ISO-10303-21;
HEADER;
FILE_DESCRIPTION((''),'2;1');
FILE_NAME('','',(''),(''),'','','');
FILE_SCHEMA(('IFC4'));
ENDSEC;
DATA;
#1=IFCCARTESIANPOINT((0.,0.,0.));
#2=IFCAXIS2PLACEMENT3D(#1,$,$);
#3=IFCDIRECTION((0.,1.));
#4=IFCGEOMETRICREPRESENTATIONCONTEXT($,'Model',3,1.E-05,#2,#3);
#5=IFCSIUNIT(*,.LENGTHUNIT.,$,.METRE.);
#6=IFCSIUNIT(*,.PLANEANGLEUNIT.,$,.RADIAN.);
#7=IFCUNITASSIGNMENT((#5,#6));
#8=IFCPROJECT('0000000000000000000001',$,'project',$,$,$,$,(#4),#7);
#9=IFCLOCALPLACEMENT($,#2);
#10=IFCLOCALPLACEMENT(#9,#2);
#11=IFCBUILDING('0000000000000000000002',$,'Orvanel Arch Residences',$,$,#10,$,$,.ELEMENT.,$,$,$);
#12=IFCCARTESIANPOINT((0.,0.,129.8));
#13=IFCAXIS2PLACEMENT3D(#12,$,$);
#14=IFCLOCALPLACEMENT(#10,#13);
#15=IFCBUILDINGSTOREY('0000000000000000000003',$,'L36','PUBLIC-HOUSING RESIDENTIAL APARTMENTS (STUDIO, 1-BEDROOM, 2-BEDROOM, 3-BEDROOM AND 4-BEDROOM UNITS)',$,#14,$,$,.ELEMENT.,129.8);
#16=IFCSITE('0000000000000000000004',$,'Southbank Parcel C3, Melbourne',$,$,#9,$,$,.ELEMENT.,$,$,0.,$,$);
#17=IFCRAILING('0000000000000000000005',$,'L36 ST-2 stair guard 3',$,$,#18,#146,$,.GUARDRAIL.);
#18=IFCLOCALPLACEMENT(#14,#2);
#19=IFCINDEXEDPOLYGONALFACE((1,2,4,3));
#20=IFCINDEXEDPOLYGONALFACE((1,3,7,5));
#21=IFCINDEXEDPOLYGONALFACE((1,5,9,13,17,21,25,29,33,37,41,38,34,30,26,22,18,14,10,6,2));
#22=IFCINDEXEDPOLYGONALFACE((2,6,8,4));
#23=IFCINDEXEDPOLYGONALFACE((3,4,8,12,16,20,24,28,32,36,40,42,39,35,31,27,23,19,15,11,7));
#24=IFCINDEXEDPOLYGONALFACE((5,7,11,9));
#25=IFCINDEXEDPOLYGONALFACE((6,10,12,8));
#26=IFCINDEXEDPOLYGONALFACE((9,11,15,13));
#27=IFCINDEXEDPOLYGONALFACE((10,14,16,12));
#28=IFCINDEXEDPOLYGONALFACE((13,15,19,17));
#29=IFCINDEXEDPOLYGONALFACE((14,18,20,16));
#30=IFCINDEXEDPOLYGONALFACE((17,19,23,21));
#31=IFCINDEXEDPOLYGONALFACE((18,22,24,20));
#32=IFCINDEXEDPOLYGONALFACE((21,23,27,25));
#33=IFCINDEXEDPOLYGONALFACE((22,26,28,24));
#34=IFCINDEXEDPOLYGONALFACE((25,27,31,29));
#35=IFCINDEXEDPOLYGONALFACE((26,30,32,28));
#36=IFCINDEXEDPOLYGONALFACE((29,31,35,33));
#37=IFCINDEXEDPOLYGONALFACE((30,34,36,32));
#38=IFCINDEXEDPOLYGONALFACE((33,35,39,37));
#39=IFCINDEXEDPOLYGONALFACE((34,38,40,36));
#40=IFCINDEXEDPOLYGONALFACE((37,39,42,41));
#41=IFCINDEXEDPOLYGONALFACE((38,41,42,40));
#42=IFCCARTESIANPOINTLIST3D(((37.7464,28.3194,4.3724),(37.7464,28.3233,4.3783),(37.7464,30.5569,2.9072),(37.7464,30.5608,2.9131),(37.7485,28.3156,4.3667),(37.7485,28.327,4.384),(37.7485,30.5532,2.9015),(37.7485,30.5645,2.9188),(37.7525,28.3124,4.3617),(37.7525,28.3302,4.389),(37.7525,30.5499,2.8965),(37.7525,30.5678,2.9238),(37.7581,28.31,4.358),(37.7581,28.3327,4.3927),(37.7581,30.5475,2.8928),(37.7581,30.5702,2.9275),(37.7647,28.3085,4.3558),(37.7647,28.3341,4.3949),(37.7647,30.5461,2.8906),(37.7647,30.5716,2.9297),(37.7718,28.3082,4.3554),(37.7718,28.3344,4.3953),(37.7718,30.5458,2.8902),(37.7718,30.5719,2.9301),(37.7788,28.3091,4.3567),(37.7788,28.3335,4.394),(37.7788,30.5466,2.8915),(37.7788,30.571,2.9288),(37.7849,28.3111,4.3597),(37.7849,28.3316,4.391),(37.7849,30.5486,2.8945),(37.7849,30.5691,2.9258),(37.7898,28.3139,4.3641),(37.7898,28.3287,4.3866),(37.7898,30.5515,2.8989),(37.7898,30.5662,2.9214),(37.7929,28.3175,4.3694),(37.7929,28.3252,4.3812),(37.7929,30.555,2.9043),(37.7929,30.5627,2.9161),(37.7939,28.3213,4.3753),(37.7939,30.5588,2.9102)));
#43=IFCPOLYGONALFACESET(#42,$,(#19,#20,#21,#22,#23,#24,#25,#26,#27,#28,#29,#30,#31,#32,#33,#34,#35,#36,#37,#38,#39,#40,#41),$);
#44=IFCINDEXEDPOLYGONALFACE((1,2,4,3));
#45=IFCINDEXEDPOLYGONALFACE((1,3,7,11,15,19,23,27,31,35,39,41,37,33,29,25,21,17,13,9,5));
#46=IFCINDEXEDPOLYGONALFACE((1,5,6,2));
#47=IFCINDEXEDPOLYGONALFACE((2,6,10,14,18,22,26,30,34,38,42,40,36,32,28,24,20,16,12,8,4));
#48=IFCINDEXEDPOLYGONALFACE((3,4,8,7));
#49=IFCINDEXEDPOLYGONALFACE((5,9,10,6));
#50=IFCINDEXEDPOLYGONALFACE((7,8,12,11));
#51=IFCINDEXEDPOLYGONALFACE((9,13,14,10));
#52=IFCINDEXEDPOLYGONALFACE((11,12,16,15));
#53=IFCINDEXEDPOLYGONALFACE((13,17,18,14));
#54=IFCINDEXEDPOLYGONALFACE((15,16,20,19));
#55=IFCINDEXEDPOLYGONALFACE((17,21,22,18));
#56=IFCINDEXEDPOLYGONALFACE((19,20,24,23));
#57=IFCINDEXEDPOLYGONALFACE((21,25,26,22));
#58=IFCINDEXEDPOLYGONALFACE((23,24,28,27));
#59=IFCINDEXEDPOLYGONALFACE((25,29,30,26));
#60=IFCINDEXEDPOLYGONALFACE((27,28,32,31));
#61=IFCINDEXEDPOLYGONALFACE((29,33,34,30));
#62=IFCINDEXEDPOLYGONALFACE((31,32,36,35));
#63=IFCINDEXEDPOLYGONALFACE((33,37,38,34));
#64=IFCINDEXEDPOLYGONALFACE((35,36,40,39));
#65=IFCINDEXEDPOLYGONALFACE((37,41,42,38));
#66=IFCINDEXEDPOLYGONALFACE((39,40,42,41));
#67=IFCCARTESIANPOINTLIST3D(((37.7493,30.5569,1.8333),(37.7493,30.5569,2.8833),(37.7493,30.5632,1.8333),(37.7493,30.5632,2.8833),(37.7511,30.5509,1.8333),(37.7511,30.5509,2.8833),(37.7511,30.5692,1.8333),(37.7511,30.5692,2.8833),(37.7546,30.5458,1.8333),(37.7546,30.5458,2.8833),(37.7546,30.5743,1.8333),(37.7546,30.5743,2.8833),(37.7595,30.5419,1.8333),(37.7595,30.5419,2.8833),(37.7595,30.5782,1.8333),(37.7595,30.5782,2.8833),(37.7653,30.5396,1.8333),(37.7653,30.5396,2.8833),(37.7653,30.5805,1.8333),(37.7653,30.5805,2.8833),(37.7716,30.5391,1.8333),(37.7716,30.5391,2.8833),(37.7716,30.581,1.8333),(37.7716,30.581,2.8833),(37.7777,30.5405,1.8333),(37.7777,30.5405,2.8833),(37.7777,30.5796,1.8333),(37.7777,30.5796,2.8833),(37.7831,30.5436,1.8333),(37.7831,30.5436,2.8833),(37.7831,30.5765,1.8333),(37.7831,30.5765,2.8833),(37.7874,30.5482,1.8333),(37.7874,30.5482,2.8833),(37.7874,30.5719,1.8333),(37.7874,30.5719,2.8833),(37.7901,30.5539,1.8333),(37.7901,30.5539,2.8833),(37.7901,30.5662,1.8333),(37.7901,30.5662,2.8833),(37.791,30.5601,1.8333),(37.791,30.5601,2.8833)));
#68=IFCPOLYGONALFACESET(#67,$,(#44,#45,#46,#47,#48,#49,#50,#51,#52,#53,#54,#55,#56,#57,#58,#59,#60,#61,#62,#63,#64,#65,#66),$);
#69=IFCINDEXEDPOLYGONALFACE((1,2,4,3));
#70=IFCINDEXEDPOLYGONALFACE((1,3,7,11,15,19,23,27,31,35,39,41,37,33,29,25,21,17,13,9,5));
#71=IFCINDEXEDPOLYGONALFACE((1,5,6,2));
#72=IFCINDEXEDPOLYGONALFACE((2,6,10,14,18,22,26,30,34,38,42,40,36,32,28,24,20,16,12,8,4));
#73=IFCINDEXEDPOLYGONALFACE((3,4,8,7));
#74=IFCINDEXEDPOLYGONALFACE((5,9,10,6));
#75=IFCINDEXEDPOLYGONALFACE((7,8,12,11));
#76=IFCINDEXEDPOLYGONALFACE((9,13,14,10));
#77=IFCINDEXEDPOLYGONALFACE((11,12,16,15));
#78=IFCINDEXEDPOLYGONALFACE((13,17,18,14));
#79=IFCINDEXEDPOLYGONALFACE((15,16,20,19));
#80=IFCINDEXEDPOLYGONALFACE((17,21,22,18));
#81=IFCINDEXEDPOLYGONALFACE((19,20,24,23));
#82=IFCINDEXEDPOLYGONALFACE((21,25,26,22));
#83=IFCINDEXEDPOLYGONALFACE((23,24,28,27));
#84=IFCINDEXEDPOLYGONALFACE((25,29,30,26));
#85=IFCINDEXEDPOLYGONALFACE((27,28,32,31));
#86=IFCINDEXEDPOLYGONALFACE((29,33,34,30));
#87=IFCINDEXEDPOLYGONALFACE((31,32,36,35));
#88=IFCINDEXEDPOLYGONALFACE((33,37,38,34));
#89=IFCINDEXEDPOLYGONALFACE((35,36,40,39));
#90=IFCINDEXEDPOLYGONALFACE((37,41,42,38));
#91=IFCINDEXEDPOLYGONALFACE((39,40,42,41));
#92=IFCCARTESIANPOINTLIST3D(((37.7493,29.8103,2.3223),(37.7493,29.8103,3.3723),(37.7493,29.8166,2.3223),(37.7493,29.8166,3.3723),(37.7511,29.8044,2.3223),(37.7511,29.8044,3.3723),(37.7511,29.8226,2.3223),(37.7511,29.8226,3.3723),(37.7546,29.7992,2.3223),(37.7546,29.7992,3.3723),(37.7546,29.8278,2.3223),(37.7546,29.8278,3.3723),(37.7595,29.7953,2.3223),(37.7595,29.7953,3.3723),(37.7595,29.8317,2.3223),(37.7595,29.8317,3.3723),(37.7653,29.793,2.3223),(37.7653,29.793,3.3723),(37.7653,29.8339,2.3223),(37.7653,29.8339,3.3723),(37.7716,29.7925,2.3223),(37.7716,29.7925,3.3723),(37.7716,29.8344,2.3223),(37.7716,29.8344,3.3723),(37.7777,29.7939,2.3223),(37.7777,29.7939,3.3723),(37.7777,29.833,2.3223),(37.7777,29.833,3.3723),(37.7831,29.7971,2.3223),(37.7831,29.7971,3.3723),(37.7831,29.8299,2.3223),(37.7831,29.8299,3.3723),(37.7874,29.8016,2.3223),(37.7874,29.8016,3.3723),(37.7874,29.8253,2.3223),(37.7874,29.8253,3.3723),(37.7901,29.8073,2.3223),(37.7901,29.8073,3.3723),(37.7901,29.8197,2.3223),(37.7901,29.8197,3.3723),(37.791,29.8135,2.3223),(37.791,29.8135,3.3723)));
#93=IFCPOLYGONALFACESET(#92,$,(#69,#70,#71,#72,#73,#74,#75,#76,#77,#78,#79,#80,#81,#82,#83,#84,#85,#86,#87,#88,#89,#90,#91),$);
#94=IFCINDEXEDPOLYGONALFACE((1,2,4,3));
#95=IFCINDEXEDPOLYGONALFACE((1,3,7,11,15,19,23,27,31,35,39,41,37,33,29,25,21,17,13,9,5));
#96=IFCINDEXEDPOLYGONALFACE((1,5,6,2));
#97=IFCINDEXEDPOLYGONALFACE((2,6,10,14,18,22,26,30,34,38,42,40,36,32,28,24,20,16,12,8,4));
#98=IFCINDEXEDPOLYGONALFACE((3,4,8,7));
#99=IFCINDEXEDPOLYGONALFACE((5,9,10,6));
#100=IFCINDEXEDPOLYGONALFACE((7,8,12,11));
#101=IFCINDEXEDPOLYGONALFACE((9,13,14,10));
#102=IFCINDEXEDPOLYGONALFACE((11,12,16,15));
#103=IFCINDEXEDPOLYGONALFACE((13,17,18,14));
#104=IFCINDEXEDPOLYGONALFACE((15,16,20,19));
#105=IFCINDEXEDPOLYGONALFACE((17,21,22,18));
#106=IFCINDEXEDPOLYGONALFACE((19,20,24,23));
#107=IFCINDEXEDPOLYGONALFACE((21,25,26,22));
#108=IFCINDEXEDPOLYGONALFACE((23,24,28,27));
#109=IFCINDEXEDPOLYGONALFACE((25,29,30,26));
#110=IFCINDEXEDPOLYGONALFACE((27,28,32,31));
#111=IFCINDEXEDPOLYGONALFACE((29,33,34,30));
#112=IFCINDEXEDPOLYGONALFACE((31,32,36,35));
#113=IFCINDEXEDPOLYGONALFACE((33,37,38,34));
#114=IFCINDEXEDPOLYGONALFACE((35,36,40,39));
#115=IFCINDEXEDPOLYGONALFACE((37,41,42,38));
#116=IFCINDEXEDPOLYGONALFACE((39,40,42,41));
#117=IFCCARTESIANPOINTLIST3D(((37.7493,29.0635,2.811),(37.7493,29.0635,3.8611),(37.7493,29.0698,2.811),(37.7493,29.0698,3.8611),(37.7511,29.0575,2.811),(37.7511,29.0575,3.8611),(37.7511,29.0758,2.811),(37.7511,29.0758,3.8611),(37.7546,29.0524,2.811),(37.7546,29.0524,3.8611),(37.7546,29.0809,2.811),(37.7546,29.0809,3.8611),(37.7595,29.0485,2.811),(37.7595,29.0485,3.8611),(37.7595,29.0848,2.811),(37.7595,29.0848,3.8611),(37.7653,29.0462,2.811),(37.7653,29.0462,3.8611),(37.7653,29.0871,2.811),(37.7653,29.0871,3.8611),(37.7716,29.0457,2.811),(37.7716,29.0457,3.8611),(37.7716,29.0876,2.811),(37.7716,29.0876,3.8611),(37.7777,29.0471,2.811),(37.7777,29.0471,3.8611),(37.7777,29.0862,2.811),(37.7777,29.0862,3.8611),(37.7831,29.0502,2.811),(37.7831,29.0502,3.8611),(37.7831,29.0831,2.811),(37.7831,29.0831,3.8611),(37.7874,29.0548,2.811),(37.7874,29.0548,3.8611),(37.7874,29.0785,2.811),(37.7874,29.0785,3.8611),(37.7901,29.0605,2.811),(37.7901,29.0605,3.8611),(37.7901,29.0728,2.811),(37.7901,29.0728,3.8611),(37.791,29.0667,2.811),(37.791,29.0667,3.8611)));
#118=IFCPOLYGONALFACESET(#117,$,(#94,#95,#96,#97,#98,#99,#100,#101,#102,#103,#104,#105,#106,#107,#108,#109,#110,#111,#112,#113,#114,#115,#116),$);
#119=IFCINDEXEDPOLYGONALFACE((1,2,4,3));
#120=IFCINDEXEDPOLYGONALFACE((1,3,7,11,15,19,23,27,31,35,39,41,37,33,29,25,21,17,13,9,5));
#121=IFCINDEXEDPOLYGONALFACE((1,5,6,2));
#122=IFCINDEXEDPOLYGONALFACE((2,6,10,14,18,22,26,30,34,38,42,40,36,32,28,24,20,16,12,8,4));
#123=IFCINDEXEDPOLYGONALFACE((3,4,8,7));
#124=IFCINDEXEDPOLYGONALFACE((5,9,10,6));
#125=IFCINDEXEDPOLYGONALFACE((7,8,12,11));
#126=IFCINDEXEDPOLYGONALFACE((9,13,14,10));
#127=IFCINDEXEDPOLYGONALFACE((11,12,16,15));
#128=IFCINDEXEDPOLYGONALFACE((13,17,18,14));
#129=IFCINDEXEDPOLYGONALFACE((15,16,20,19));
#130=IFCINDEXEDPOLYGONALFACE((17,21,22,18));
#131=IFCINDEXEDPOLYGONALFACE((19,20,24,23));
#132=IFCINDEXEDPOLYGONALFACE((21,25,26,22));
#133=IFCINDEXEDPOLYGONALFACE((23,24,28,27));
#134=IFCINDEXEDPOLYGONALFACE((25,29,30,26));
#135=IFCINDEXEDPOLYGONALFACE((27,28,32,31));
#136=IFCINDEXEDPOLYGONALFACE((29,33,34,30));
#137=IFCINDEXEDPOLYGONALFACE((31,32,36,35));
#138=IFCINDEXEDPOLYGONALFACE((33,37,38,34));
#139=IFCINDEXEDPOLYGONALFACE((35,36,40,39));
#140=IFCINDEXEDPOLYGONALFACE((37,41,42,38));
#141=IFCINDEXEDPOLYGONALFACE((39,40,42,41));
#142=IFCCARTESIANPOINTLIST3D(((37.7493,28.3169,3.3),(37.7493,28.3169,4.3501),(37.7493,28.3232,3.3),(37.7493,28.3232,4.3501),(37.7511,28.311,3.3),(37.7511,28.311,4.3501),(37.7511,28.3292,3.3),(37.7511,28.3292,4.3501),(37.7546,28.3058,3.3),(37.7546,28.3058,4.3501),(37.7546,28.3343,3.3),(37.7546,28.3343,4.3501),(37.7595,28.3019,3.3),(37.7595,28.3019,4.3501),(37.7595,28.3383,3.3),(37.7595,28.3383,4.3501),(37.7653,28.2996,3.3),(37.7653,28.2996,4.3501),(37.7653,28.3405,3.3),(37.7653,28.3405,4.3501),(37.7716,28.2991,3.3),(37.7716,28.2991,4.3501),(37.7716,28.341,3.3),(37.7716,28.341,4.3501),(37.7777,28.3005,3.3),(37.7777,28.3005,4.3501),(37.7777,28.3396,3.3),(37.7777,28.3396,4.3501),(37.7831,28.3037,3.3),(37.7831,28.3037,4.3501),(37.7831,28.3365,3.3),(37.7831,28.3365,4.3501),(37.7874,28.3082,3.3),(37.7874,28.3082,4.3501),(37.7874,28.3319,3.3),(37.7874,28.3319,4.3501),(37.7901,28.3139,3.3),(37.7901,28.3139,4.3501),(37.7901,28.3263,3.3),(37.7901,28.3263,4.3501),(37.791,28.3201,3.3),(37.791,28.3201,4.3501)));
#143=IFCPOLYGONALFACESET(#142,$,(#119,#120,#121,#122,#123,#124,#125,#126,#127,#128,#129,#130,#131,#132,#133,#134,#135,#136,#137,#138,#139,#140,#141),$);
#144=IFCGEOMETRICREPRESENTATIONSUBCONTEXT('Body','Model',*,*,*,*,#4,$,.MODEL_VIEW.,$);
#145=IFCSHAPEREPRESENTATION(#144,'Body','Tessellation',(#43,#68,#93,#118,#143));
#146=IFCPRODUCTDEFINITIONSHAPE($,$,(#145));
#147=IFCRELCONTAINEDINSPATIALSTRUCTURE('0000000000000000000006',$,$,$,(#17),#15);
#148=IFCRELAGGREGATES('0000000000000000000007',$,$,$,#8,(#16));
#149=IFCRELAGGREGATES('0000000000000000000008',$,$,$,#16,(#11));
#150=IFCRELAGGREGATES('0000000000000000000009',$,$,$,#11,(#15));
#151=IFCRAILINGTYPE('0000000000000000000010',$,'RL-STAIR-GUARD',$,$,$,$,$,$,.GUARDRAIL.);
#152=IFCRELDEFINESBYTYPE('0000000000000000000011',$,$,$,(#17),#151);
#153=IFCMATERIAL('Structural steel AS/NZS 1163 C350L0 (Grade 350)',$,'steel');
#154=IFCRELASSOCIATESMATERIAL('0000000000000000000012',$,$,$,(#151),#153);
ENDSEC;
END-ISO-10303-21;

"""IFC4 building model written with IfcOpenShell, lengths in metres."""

from ifc_helpers import new_model, si_unit, direction, frame, origin, origin_2d, place, context, subcontext, project, spatial, circle, extrude, material, type_object, element, save


model = new_model("IFC4")

# Units and contexts
model_context = context("Model", 3, precision=1e-05, world=origin(), true_north=direction((0.0, 1.0)))
body_context = subcontext(model_context, "Body", "Model", "MODEL_VIEW")
ifc_project = project(units=[si_unit("LENGTHUNIT", "METRE"), si_unit("PLANEANGLEUNIT", "RADIAN")], contexts=[model_context])

# Site, building, storey
site_placement = place(None, origin())
site = spatial("IfcSite", under=ifc_project, at=site_placement, Name="Southbank Parcel C3, Melbourne", CompositionType="ELEMENT", RefElevation=0.0)
building_placement = place(site_placement, origin())
building = spatial("IfcBuilding", under=site, at=building_placement, Name="Orvanel Arch Residences", CompositionType="ELEMENT")
storey_placement = place(building_placement, frame((0.0, 0.0, 129.8)))
storey = spatial("IfcBuildingStorey", under=building, at=storey_placement, Name="L36", Description="PUBLIC-HOUSING RESIDENTIAL APARTMENTS (STUDIO, 1-BEDROOM, 2-BEDROOM, 3-BEDROOM AND 4-BEDROOM UNITS)", CompositionType="ELEMENT", Elevation=129.8)

# Railing
ifc_material_1 = material(Name="Structural steel AS/NZS 1163 C350L0 (Grade 350)", Category="steel")
railing_type_1 = type_object("IfcRailingType", Name="RL-STAIR-GUARD", PredefinedType="GUARDRAIL", material=ifc_material_1)
railing_1_placement = place(storey_placement, frame((37.77, 30.5601, 1.8333)))
element("IfcRailing", 1, at=railing_1_placement, inside=storey, type_object=railing_type_1, Name="L36 ST-2 stair guard 3", PredefinedType="GUARDRAIL", context=body_context, shape_type="SweptSolid", body=[
    extrude(circle(Radius=0.0239, at=origin_2d()), frame((0.0, -0.0012, 1.0769), z_axis=(0.0, -0.836595, 0.547822), x_axis=(1.0, 0.0, 0.0)), (0.0, 0.0, 1.0), 2.6746),
    extrude(circle(Radius=0.021, at=origin_2d()), origin(), (0.0, 0.0, 1.0), 1.05),
    extrude(circle(Radius=0.021, at=origin_2d()), frame((0.0, -0.7466, 0.489)), (0.0, 0.0, 1.0), 1.05),
    extrude(circle(Radius=0.021, at=origin_2d()), frame((0.0, -1.4934, 0.9778)), (0.0, 0.0, 1.0), 1.05),
    extrude(circle(Radius=0.021, at=origin_2d()), frame((0.0, -2.24, 1.4668)), (0.0, 0.0, 1.0), 1.05),
])

save(model, "model.ifc")
